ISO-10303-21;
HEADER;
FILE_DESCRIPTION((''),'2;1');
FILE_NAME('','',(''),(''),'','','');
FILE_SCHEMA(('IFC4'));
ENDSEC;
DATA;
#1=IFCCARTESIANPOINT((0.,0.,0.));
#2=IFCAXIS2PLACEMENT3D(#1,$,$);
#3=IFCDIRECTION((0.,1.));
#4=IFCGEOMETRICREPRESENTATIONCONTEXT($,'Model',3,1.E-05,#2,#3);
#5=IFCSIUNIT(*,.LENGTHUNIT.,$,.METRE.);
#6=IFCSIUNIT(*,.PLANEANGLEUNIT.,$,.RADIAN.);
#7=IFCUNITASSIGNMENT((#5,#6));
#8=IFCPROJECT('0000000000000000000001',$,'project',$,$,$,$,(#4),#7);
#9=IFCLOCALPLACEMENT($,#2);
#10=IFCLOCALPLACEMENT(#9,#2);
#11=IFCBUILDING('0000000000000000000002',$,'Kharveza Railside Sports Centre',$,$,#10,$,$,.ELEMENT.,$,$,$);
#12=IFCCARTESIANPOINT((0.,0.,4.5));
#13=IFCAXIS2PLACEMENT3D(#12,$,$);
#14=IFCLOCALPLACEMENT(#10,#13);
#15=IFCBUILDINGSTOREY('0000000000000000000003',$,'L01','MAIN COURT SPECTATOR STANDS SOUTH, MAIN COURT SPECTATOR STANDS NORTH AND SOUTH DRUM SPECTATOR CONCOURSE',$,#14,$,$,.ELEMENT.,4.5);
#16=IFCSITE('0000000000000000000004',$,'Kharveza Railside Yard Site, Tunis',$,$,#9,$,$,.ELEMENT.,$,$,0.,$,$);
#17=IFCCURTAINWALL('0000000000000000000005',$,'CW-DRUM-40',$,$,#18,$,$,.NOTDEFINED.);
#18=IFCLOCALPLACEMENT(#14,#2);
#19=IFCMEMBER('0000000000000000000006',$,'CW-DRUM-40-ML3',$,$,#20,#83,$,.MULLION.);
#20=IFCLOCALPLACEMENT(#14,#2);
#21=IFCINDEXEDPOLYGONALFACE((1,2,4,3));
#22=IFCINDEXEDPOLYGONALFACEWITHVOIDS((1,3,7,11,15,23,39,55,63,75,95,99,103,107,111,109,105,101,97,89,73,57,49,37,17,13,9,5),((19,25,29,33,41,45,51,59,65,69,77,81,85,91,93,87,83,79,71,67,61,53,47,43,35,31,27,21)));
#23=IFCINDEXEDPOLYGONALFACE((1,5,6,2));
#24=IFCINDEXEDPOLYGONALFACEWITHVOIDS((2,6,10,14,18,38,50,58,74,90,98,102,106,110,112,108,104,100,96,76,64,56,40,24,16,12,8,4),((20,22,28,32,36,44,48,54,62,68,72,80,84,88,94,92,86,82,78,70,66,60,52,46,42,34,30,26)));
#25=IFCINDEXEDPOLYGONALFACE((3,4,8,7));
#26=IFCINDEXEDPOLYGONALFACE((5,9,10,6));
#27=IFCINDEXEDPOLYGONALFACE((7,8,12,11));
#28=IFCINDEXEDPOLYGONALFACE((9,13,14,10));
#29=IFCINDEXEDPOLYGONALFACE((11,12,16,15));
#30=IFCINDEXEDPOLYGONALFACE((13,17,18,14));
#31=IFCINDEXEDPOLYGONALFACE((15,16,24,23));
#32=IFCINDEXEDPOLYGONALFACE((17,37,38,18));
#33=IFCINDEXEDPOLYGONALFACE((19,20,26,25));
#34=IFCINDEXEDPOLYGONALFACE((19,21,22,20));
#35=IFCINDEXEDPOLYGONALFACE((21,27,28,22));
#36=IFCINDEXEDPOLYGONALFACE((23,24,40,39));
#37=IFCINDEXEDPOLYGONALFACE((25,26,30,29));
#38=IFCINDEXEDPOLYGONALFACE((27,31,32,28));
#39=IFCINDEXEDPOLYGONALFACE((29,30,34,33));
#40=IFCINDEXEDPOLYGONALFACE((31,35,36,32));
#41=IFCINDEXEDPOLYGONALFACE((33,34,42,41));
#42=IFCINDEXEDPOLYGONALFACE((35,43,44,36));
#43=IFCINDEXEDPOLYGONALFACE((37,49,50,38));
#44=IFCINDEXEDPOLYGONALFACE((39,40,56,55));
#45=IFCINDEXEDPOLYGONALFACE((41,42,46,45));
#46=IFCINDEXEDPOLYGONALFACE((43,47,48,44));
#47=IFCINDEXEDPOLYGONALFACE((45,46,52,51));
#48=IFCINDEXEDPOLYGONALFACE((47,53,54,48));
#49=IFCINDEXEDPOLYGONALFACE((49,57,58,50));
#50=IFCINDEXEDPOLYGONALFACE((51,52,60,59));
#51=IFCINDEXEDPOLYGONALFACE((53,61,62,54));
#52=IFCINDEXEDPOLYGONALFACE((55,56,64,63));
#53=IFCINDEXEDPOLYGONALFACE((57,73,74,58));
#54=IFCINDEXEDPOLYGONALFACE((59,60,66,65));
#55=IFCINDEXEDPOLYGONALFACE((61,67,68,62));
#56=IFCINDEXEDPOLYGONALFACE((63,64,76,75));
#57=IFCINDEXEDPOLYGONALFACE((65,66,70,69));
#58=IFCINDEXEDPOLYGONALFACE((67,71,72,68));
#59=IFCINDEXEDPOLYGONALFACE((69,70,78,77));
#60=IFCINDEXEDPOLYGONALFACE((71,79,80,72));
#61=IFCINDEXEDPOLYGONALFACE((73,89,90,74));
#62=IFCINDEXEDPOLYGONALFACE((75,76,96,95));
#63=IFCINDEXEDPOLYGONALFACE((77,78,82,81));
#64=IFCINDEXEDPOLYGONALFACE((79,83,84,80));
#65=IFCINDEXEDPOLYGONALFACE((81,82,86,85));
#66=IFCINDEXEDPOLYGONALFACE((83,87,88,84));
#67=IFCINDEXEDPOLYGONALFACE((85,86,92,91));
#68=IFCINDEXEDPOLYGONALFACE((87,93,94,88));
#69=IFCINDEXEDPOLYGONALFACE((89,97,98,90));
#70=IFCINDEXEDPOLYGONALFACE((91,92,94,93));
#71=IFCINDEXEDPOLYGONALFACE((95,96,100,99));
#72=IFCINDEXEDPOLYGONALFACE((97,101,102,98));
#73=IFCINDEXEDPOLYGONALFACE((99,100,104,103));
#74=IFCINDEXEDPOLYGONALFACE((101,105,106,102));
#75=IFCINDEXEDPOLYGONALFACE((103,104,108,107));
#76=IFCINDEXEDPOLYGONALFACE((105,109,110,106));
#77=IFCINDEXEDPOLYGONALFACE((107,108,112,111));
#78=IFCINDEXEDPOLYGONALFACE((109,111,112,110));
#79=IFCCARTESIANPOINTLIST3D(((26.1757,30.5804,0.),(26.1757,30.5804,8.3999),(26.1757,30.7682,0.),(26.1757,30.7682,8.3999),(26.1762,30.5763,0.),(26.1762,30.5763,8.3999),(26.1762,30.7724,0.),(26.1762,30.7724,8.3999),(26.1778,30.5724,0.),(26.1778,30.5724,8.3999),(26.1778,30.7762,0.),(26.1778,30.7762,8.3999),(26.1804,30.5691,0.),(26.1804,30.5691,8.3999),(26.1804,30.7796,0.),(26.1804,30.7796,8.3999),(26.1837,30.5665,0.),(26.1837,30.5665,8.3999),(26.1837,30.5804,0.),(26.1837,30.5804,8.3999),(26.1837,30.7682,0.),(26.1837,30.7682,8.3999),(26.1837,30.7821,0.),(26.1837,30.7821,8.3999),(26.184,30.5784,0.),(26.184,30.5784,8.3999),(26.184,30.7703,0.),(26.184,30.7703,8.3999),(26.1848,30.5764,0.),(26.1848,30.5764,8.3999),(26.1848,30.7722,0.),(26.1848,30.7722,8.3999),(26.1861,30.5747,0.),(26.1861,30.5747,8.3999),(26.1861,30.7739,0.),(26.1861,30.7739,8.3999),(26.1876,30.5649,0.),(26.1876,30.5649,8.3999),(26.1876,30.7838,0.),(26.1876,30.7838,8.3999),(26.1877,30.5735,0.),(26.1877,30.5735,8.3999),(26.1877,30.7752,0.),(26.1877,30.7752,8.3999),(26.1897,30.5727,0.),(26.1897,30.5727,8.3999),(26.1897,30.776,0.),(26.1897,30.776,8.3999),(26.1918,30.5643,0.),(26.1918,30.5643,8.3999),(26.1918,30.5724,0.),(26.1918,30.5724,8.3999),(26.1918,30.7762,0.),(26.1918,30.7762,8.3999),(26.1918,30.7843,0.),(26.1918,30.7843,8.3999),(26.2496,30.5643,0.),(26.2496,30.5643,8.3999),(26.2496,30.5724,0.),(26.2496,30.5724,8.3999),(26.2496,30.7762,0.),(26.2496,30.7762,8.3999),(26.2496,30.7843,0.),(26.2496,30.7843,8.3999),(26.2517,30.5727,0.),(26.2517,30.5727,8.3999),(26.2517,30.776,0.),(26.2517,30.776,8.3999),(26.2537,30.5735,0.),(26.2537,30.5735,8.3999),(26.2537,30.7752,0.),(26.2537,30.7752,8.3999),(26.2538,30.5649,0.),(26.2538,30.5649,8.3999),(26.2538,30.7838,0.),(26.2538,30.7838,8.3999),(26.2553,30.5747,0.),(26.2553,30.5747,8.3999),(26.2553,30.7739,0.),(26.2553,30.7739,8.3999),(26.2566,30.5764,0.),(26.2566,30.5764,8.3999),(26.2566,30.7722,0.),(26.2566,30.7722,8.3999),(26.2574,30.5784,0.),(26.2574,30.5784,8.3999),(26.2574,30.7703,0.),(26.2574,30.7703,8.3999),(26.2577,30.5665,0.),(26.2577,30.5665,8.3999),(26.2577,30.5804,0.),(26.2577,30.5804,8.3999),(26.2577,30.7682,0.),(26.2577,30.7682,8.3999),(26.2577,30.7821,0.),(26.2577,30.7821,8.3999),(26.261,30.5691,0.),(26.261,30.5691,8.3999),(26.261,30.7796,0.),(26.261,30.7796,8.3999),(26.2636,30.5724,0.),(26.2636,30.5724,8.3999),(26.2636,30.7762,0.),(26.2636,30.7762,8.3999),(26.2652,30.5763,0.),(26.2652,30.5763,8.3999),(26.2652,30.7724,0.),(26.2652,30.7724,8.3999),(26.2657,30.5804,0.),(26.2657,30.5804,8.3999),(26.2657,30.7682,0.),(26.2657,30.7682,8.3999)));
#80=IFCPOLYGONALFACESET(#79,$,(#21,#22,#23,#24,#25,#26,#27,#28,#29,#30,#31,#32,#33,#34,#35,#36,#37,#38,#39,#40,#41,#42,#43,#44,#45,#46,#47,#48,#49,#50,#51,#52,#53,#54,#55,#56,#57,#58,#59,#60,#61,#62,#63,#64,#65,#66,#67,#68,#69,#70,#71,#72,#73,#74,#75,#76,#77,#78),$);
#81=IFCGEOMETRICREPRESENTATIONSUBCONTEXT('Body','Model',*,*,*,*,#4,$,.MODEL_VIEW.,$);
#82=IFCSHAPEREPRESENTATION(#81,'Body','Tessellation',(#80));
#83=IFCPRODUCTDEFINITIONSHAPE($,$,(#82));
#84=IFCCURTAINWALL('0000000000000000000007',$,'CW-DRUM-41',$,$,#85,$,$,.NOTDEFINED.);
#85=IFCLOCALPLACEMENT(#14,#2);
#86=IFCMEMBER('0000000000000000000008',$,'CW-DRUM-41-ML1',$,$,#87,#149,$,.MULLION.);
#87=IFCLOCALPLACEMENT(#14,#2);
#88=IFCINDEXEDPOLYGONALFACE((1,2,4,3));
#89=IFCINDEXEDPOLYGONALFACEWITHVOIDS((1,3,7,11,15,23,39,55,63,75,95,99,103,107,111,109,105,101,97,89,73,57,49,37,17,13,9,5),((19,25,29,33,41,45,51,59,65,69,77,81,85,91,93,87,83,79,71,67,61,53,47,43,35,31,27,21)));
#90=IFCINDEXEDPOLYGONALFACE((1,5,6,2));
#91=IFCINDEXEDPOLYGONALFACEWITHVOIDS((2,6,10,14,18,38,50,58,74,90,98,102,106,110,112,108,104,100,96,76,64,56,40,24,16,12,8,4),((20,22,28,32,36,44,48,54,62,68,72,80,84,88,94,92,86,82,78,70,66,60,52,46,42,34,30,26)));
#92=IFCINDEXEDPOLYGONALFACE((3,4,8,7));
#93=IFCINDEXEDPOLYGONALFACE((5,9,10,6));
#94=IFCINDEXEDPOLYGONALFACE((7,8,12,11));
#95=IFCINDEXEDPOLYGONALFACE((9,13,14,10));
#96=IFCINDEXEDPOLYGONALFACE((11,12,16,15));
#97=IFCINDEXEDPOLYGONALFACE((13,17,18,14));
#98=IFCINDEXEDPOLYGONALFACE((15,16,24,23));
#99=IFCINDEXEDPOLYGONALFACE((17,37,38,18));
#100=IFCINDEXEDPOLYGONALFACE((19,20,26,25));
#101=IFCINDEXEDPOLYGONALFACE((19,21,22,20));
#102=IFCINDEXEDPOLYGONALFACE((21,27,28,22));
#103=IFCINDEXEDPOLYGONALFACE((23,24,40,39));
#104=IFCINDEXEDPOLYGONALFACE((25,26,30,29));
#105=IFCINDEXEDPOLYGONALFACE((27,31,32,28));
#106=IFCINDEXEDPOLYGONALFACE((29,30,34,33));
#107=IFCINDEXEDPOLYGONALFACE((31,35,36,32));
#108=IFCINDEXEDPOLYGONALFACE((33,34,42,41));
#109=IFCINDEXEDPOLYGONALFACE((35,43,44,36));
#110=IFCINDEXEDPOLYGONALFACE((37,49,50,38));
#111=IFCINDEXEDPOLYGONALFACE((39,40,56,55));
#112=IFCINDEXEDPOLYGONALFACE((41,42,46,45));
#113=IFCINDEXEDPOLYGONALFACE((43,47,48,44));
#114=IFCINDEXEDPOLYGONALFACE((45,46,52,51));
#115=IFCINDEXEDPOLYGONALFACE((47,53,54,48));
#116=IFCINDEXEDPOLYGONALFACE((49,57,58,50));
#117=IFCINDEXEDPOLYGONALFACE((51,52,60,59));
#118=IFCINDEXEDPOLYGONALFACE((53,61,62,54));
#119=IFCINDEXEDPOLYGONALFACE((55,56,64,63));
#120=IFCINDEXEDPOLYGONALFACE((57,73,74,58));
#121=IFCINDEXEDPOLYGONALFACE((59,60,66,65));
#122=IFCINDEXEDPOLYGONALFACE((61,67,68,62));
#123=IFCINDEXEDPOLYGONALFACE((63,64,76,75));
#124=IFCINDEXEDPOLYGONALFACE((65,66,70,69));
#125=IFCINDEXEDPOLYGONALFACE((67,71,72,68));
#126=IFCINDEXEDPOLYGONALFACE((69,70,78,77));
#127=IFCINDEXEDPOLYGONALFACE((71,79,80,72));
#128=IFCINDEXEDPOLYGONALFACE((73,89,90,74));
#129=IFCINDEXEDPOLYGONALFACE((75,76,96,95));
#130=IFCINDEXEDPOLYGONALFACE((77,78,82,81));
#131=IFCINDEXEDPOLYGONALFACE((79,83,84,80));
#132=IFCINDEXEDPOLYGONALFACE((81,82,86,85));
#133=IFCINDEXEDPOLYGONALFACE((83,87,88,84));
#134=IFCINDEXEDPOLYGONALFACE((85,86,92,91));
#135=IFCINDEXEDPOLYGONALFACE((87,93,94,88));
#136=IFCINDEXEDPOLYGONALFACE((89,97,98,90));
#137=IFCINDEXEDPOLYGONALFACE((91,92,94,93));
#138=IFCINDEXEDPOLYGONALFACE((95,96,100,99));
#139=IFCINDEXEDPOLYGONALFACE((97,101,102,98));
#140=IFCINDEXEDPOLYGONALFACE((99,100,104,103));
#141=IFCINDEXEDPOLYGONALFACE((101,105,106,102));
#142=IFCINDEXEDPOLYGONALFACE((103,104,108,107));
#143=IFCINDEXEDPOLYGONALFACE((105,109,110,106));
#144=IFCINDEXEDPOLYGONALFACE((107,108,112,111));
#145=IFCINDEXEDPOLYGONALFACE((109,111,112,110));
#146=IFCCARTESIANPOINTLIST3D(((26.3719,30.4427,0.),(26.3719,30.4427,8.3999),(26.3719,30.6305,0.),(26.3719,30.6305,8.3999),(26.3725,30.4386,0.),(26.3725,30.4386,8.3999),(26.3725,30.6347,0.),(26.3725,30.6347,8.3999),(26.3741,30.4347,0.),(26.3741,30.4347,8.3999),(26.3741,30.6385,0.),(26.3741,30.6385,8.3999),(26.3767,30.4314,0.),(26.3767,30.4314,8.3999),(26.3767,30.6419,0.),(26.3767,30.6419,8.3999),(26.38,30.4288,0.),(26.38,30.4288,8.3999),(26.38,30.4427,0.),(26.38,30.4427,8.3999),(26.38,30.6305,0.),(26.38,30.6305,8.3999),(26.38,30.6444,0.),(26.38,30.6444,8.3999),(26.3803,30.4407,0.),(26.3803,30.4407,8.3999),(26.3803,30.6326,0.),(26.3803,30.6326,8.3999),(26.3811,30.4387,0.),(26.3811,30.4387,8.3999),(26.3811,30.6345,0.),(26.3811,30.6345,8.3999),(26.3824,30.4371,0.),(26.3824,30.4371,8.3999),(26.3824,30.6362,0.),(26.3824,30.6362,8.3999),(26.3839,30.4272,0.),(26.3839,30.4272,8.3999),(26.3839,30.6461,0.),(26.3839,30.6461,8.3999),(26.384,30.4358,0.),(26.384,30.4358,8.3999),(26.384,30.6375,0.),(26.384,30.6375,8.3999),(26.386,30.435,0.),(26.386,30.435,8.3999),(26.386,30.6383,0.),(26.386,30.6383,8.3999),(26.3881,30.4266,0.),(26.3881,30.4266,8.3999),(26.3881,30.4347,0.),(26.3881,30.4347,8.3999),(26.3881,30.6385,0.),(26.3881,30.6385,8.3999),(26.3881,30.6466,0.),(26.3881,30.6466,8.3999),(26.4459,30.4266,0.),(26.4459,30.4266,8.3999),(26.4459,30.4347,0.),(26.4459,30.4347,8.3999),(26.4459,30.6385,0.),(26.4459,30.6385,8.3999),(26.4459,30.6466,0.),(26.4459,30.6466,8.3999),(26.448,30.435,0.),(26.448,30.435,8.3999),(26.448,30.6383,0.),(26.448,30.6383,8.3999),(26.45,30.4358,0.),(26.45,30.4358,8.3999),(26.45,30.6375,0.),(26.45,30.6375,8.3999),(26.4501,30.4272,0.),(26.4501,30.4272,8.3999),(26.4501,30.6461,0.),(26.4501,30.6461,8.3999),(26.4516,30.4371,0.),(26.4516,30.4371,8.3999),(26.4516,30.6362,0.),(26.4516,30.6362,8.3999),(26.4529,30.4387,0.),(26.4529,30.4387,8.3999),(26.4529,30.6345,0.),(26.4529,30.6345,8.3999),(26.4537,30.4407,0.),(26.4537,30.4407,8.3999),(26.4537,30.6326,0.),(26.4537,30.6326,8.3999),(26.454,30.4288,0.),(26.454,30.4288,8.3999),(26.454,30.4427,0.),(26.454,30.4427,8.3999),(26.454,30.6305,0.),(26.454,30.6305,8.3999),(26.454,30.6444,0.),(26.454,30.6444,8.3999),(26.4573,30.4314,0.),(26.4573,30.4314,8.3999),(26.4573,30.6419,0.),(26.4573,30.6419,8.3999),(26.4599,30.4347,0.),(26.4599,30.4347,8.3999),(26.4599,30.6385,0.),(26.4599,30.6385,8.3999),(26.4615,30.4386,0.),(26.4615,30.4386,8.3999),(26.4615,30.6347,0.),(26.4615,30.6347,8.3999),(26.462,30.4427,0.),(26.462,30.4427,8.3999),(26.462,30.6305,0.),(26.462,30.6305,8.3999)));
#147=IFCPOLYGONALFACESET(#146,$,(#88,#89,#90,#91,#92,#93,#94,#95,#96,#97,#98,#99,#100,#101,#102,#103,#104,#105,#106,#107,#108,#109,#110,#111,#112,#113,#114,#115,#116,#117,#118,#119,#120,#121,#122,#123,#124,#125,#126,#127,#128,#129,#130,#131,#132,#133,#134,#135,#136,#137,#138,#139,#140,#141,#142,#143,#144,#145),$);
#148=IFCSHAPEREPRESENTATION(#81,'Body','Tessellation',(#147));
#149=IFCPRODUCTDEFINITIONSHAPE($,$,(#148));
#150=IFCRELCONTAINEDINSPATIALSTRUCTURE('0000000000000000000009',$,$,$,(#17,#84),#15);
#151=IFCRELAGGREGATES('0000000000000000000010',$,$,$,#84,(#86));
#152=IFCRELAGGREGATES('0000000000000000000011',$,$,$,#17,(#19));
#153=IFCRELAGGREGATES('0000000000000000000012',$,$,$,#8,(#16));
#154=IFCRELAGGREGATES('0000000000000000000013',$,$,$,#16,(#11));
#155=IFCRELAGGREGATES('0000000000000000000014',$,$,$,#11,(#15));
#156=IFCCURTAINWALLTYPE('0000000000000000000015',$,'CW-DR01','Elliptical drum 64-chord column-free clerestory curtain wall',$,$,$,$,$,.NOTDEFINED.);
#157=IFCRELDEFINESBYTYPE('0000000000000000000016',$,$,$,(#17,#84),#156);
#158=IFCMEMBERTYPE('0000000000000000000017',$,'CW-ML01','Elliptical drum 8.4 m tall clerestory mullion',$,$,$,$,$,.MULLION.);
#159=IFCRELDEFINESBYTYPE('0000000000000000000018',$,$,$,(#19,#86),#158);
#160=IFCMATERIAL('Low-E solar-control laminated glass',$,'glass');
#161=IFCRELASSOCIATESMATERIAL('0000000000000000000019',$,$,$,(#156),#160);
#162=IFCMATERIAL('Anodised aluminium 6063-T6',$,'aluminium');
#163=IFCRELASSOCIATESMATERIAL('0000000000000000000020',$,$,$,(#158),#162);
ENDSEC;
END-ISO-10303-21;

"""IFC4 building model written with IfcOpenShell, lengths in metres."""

from ifc_helpers import new_model, si_unit, direction, frame, origin, origin_2d, place, context, subcontext, project, spatial, hollow_rectangle, extrude, material, material_profile, profile_set, type_object, element, aggregate, save


model = new_model("IFC4")

# Units and contexts
model_context = context("Model", 3, precision=1e-05, world=origin(), true_north=direction((0.0, 1.0)))
body_context = subcontext(model_context, "Body", "Model", "MODEL_VIEW")
ifc_project = project(units=[si_unit("LENGTHUNIT", "METRE"), si_unit("PLANEANGLEUNIT", "RADIAN")], contexts=[model_context])

# Site, building, storey
site_placement = place(None, origin())
site = spatial("IfcSite", under=ifc_project, at=site_placement, Name="Kharveza Railside Yard Site, Tunis", CompositionType="ELEMENT", RefElevation=0.0)
building_placement = place(site_placement, origin())
building = spatial("IfcBuilding", under=site, at=building_placement, Name="Kharveza Railside Sports Centre", CompositionType="ELEMENT")
storey_placement = place(building_placement, frame((0.0, 0.0, 4.5)))
storey = spatial("IfcBuildingStorey", under=building, at=storey_placement, Name="L01", Description="MAIN COURT SPECTATOR STANDS SOUTH, MAIN COURT SPECTATOR STANDS NORTH AND SOUTH DRUM SPECTATOR CONCOURSE", CompositionType="ELEMENT", Elevation=4.5)

# Curtain wall, member
ifc_material_1 = material(Name="Low-E solar-control laminated glass", Category="glass")
curtain_wall_type = type_object("IfcCurtainWallType", Name="CW-DR01", Description="Elliptical drum 64-chord column-free clerestory curtain wall", PredefinedType="NOTDEFINED", material=ifc_material_1)
ifc_material_2 = material(Name="Anodised aluminium 6063-T6", Category="aluminium")
ifc_material_profile_1 = material_profile(ifc_material_2, hollow_rectangle(XDim=0.0901, YDim=0.22, WallThickness=0.0081, InnerFilletRadius=0.0081, OuterFilletRadius=0.0161, at=origin_2d()), Name="RHS 90x220x8.0")
ifc_profile_set_1 = profile_set([ifc_material_profile_1], Name="Anodised aluminium 6063-T6")
member_type_1 = type_object("IfcMemberType", Name="CW-ML01", Description="Elliptical drum 8.4 m tall clerestory mullion", PredefinedType="MULLION", material=ifc_profile_set_1)
curtain_wall_1_placement = place(storey_placement, origin())
curtain_wall_1 = element("IfcCurtainWall", 1, at=curtain_wall_1_placement, inside=storey, type_object=curtain_wall_type, Name="CW-DRUM-40", PredefinedType="NOTDEFINED")
member_1_placement = place(storey_placement, frame((26.2207, 30.6743, 0.0), z_axis=(0.0, 0.0, 1.0), x_axis=(1.0, 0.0, 0.0)))
member_1 = element("IfcMember", 2, at=member_1_placement, type_object=member_type_1, Name="CW-DRUM-40-ML3", PredefinedType="MULLION", context=body_context, shape_type="SweptSolid", body=[
    extrude(hollow_rectangle(XDim=0.0901, YDim=0.22, WallThickness=0.0081, InnerFilletRadius=0.0081, OuterFilletRadius=0.0161, at=origin_2d()), origin(), (0.0, 0.0, 1.0), 8.3999),
])

# Curtain wall, member
curtain_wall_2_placement = place(storey_placement, origin())
curtain_wall_2 = element("IfcCurtainWall", 3, at=curtain_wall_2_placement, inside=storey, type_object=curtain_wall_type, Name="CW-DRUM-41", PredefinedType="NOTDEFINED")
member_2_placement = place(storey_placement, frame((26.417, 30.5366, 0.0), z_axis=(0.0, 0.0, 1.0), x_axis=(1.0, 0.0, 0.0)))
member_2 = element("IfcMember", 4, at=member_2_placement, type_object=member_type_1, Name="CW-DRUM-41-ML1", PredefinedType="MULLION", context=body_context, shape_type="SweptSolid", body=[
    extrude(hollow_rectangle(XDim=0.0901, YDim=0.22, WallThickness=0.0081, InnerFilletRadius=0.0081, OuterFilletRadius=0.0161, at=origin_2d()), origin(), (0.0, 0.0, 1.0), 8.3999),
])

aggregate(curtain_wall_2, [member_2])

aggregate(curtain_wall_1, [member_1])

save(model, "model.ifc")
